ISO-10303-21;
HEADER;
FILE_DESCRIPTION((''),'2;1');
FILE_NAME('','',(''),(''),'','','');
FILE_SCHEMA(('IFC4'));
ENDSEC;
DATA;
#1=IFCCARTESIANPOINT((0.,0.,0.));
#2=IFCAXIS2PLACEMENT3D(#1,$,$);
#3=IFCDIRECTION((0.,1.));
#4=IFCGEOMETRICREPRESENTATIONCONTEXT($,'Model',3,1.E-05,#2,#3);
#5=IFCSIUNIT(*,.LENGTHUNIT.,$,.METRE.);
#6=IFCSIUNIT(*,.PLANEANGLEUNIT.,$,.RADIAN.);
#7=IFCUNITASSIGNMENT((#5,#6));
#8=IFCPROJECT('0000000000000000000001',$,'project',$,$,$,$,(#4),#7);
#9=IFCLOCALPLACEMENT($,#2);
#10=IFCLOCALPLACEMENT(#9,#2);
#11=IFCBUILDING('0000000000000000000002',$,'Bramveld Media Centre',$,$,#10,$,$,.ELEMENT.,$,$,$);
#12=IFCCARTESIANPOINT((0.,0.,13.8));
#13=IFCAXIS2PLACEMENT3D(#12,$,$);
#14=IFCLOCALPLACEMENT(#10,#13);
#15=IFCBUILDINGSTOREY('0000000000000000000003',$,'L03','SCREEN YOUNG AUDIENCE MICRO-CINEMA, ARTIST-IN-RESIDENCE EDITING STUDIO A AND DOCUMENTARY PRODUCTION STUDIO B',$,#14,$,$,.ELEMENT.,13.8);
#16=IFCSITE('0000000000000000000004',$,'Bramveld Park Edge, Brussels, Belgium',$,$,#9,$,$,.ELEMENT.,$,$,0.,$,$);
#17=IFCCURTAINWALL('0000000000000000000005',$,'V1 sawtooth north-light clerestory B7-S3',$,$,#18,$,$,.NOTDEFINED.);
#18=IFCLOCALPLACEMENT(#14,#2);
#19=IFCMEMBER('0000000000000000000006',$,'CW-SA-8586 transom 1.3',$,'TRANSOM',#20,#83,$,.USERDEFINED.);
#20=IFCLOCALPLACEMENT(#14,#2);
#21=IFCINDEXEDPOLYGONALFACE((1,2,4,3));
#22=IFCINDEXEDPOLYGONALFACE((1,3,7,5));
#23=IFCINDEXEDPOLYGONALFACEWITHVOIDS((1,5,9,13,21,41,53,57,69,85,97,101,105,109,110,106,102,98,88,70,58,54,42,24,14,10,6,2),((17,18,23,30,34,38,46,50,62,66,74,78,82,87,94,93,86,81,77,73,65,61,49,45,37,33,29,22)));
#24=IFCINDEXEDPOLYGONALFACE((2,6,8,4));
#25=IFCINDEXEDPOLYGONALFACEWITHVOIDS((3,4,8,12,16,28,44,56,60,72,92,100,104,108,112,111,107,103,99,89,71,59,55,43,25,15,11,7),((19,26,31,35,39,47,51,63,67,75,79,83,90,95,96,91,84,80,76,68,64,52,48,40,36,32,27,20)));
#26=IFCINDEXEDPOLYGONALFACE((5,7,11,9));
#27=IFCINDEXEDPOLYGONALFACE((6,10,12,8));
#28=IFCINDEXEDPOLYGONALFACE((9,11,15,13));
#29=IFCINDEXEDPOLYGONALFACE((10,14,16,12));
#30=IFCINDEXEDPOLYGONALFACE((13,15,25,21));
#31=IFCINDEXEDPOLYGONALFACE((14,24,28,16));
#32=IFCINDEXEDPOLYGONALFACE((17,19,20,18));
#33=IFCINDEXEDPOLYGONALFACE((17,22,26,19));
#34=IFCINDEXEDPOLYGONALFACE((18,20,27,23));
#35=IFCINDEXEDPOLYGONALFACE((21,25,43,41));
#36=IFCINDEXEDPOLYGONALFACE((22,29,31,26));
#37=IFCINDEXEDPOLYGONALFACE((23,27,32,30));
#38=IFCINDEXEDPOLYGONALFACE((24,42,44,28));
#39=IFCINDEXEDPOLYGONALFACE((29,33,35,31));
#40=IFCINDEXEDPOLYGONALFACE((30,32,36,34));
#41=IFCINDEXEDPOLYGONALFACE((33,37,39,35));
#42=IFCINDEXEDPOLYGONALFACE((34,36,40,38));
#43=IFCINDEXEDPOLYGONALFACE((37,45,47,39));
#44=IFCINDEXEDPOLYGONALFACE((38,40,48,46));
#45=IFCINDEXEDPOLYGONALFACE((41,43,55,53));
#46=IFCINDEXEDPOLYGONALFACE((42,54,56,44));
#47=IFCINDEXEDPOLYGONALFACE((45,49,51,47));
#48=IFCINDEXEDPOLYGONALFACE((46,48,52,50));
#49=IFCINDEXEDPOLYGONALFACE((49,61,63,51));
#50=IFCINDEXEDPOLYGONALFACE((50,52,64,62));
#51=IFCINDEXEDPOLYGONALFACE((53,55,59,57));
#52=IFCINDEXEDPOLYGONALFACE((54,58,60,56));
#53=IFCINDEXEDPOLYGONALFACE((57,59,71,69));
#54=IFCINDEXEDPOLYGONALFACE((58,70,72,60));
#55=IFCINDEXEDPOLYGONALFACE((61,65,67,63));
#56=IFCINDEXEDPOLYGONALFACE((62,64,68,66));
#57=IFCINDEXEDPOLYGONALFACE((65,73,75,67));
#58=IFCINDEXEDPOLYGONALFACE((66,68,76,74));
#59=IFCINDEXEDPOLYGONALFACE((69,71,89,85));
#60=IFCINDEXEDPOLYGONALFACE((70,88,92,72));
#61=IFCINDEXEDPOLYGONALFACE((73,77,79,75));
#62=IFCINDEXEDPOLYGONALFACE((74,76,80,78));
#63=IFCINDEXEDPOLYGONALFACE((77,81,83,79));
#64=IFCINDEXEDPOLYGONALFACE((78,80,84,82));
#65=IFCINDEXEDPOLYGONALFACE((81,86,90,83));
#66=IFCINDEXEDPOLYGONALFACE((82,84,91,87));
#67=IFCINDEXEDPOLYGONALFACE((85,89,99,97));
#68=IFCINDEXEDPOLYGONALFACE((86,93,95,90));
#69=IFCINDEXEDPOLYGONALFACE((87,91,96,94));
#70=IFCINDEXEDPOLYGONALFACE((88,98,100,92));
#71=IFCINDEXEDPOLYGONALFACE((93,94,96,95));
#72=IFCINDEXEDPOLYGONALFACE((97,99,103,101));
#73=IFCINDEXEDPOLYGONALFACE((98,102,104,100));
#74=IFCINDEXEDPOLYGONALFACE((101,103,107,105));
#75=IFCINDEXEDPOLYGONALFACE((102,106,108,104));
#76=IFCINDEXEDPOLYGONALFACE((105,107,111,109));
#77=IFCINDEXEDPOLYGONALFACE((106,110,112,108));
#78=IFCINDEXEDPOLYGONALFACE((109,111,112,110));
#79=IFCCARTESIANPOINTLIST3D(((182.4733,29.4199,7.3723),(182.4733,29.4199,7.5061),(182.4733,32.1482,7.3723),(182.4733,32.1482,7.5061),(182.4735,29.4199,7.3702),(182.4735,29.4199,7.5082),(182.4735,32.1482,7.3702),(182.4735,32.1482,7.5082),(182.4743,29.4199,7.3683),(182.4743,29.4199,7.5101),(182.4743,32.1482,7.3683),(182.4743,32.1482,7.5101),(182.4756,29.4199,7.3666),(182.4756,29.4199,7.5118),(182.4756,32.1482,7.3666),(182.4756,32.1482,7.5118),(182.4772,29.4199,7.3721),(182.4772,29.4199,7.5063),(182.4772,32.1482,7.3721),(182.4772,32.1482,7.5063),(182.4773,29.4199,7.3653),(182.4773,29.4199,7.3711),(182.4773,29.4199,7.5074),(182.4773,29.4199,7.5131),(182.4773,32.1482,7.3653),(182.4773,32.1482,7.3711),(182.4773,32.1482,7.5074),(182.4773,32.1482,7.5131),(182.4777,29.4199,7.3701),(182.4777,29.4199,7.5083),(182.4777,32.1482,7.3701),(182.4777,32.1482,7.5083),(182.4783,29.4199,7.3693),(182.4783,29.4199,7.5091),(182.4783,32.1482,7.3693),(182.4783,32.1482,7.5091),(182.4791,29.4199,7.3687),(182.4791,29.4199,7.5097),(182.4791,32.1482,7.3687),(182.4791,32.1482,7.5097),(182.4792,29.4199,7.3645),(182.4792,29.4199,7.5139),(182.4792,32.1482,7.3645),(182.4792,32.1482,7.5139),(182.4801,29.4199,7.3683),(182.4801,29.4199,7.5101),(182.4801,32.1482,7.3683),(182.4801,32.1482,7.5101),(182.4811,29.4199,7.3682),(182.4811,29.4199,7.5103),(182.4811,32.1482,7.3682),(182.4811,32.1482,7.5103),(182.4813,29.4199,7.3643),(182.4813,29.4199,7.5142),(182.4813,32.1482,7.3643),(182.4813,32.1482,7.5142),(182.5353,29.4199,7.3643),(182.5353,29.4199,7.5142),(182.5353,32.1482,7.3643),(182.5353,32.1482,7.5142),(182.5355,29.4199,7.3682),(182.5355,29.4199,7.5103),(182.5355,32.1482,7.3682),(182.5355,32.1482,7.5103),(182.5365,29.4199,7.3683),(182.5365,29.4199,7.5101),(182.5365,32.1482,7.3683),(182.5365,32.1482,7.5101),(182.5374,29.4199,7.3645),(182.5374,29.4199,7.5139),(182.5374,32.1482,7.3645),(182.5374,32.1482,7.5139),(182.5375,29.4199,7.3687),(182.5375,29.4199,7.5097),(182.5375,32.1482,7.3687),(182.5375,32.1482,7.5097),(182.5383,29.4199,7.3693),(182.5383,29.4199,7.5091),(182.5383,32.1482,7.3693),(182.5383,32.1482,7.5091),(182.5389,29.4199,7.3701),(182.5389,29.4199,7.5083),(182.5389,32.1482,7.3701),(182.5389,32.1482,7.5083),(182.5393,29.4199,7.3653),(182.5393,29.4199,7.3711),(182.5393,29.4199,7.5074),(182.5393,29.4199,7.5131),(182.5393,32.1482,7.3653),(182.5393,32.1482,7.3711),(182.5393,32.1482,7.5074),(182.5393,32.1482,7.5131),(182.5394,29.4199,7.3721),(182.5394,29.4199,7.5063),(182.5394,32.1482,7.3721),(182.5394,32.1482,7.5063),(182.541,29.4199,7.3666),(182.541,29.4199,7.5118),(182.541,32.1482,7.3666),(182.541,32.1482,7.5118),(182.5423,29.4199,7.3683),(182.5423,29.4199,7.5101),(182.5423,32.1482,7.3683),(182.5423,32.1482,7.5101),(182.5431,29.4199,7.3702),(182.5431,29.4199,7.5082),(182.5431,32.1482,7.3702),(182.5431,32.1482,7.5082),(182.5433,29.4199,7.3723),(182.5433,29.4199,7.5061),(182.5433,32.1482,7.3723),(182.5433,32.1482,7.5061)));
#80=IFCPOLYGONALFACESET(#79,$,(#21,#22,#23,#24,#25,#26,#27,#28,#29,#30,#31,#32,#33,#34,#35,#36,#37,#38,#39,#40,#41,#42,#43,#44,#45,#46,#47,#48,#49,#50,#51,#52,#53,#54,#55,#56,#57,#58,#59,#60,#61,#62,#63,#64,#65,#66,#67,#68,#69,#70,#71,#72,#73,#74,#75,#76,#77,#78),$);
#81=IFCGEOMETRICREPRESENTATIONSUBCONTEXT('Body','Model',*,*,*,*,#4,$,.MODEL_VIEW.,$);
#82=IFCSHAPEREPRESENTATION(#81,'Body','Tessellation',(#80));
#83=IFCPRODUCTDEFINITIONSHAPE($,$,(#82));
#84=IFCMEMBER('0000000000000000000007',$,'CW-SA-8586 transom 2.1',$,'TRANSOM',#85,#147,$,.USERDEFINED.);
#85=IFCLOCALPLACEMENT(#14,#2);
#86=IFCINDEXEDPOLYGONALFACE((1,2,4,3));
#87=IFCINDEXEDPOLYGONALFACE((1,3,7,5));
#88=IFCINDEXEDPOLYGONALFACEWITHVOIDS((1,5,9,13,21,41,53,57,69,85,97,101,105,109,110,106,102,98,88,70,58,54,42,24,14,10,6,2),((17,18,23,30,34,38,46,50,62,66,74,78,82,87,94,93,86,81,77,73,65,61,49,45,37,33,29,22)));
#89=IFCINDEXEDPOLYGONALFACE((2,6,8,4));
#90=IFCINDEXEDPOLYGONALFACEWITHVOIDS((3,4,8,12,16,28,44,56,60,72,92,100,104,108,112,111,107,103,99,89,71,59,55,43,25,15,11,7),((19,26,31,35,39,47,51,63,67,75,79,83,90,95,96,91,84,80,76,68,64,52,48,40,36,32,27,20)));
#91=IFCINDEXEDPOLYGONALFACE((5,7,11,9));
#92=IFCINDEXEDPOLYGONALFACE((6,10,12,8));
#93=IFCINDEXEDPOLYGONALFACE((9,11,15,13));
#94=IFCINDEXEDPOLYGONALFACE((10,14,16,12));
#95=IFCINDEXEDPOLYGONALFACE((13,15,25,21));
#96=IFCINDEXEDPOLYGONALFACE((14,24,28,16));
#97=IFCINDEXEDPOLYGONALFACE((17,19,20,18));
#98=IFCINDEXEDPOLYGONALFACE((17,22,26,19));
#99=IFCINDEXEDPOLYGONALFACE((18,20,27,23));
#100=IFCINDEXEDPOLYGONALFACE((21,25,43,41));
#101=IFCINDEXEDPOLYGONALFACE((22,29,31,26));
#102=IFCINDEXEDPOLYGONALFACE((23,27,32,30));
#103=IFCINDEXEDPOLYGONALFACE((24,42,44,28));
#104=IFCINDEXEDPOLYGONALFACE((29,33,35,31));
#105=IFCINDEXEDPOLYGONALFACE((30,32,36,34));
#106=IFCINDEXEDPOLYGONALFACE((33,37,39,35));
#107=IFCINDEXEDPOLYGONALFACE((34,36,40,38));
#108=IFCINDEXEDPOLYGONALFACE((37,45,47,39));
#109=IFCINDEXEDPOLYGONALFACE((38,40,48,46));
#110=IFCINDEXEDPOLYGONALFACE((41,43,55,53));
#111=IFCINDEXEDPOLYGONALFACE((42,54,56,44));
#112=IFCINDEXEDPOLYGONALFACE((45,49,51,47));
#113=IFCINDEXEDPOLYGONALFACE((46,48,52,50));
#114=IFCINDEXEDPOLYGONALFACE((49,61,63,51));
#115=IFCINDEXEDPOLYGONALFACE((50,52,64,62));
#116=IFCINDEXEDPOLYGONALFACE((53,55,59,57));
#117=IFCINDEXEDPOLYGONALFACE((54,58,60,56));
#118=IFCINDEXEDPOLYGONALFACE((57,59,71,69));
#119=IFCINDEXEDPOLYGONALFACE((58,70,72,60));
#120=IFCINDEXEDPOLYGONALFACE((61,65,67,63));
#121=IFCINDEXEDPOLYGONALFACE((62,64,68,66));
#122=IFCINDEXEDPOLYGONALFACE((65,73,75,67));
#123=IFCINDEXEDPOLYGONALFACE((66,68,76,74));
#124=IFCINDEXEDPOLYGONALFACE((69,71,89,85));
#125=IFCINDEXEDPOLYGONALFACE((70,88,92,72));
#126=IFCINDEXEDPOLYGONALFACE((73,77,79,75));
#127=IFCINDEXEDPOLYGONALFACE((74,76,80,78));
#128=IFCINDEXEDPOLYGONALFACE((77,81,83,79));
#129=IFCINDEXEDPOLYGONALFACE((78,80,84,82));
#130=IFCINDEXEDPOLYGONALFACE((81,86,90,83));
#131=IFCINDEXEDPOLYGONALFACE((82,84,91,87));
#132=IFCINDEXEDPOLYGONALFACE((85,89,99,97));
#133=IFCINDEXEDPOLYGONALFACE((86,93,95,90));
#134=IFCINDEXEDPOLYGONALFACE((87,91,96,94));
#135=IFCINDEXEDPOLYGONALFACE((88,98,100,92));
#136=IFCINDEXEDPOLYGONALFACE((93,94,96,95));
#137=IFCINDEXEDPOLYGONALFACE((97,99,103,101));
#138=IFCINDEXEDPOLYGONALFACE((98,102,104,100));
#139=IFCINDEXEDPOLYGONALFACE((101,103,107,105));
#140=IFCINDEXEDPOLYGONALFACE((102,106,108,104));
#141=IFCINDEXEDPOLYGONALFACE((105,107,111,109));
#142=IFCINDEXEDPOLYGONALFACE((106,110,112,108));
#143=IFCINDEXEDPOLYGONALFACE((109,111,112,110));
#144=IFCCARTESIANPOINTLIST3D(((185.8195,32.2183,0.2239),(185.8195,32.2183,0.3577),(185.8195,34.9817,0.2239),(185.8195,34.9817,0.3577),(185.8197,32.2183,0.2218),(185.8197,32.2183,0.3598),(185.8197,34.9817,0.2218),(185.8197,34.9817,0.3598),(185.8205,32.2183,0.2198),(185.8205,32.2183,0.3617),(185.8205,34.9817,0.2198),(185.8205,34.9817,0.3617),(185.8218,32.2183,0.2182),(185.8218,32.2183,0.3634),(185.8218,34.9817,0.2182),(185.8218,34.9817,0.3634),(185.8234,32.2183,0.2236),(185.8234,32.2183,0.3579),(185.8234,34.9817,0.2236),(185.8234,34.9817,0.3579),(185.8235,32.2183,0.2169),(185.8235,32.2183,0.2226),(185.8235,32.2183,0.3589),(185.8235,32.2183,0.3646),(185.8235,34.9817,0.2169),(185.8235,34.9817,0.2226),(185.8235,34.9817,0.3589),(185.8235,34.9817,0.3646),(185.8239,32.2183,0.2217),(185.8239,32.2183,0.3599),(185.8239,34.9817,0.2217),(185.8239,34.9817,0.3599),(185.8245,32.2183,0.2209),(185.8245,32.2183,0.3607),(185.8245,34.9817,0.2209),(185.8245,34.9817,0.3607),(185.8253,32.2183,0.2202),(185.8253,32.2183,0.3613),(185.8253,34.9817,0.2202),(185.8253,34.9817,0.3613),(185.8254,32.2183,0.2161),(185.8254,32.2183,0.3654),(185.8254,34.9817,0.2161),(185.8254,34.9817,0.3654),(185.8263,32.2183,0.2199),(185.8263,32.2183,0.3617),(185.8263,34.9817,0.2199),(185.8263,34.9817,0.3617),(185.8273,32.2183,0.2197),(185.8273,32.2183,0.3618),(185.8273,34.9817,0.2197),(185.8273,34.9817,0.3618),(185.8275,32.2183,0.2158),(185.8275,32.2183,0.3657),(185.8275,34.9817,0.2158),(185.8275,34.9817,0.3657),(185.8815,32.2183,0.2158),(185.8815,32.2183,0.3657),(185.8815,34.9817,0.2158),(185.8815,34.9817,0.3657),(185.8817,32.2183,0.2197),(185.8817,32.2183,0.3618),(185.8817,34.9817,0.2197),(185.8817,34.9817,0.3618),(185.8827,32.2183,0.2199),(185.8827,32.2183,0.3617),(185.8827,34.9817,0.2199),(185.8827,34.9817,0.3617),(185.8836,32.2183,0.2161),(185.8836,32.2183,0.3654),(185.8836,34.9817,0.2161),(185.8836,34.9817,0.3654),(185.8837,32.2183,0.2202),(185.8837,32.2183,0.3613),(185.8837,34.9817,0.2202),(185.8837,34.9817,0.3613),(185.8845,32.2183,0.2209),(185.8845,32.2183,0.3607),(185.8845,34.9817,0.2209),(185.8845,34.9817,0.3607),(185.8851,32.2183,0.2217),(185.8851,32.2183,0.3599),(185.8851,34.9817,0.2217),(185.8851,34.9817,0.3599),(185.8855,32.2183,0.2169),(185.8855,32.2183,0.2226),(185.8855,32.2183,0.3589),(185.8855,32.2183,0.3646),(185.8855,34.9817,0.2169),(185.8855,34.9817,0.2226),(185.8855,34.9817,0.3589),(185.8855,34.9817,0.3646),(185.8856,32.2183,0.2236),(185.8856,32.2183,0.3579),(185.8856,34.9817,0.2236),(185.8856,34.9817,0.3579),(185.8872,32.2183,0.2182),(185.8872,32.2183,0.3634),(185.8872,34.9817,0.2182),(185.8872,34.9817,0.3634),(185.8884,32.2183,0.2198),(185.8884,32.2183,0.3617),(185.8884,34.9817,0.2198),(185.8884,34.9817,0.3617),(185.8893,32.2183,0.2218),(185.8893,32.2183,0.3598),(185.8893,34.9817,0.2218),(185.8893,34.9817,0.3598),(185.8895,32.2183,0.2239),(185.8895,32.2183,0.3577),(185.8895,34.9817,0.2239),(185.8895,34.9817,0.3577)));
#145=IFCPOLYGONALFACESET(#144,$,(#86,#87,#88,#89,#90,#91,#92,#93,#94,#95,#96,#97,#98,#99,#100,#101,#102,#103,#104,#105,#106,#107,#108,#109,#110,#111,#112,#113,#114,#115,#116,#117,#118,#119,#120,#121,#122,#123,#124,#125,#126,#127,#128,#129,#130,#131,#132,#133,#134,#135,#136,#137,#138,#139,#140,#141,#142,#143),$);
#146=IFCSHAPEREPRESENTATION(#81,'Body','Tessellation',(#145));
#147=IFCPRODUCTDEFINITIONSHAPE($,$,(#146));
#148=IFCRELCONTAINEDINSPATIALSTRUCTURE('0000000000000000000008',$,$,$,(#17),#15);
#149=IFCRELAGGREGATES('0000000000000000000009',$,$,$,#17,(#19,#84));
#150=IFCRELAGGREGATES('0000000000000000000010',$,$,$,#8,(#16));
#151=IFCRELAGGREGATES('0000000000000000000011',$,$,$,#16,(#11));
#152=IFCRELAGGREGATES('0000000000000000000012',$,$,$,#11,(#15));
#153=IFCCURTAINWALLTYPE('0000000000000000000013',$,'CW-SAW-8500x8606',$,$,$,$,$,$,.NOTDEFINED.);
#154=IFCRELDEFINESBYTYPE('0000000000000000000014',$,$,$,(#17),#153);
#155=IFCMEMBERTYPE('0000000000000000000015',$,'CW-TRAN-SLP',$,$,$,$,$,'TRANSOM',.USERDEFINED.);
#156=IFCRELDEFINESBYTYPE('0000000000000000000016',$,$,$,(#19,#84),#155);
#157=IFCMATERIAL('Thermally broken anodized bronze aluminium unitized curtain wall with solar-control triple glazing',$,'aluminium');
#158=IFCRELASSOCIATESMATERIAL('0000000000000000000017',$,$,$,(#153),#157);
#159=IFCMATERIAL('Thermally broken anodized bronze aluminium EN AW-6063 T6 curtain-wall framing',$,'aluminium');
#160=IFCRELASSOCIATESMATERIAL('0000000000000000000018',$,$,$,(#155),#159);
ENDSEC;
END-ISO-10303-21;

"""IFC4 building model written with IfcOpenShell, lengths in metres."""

from ifc_helpers import new_model, si_unit, direction, frame, origin, origin_2d, place, context, subcontext, project, spatial, hollow_rectangle, extrude, material, material_profile, profile_set, type_object, element, aggregate, save


model = new_model("IFC4")

# Units and contexts
model_context = context("Model", 3, precision=1e-05, world=origin(), true_north=direction((0.0, 1.0)))
body_context = subcontext(model_context, "Body", "Model", "MODEL_VIEW")
ifc_project = project(units=[si_unit("LENGTHUNIT", "METRE"), si_unit("PLANEANGLEUNIT", "RADIAN")], contexts=[model_context])

# Site, building, storey
site_placement = place(None, origin())
site = spatial("IfcSite", under=ifc_project, at=site_placement, Name="Bramveld Park Edge, Brussels, Belgium", CompositionType="ELEMENT", RefElevation=0.0)
building_placement = place(site_placement, origin())
building = spatial("IfcBuilding", under=site, at=building_placement, Name="Bramveld Media Centre", CompositionType="ELEMENT")
storey_placement = place(building_placement, frame((0.0, 0.0, 13.8)))
storey = spatial("IfcBuildingStorey", under=building, at=storey_placement, Name="L03", Description="SCREEN YOUNG AUDIENCE MICRO-CINEMA, ARTIST-IN-RESIDENCE EDITING STUDIO A AND DOCUMENTARY PRODUCTION STUDIO B", CompositionType="ELEMENT", Elevation=13.8)

# Curtain wall, members
ifc_material_1 = material(Name="Thermally broken anodized bronze aluminium unitized curtain wall with solar-control triple glazing", Category="aluminium")
curtain_wall_type = type_object("IfcCurtainWallType", Name="CW-SAW-8500x8606", PredefinedType="NOTDEFINED", material=ifc_material_1)
curtain_wall_1_placement = place(storey_placement, origin())
curtain_wall_1 = element("IfcCurtainWall", 1, at=curtain_wall_1_placement, inside=storey, type_object=curtain_wall_type, Name="V1 sawtooth north-light clerestory B7-S3", PredefinedType="NOTDEFINED")
ifc_material_2 = material(Name="Thermally broken anodized bronze aluminium EN AW-6063 T6 curtain-wall framing", Category="aluminium")
ifc_material_profile_1 = material_profile(ifc_material_2, hollow_rectangle(XDim=0.0701, YDim=0.1499, WallThickness=0.0039, InnerFilletRadius=0.0039, OuterFilletRadius=0.0081, at=origin_2d()), Name="AL-TRAN 70x150")
ifc_profile_set_1 = profile_set([ifc_material_profile_1], Name="Thermally broken anodized bronze aluminium EN AW-6063 T6 curtain-wall framing")
member_type_1 = type_object("IfcMemberType", Name="CW-TRAN-SLP", ElementType="TRANSOM", PredefinedType="USERDEFINED", material=ifc_profile_set_1)
member_1_placement = place(storey_placement, frame((182.5083, 29.4199, 7.4392), z_axis=(0.0, 1.0, 0.0), x_axis=(-1.0, 0.0, 0.0)))
member_1 = element("IfcMember", 2, at=member_1_placement, type_object=member_type_1, Name="CW-SA-8586 transom 1.3", ObjectType="TRANSOM", PredefinedType="USERDEFINED", context=body_context, shape_type="SweptSolid", body=[
    extrude(hollow_rectangle(XDim=0.0701, YDim=0.1499, WallThickness=0.0039, InnerFilletRadius=0.0039, OuterFilletRadius=0.0081, at=origin_2d()), origin(), (0.0, 0.0, 1.0), 2.7283),
])
member_2_placement = place(storey_placement, frame((185.8545, 32.2183, 0.2908), z_axis=(0.0, 1.0, 0.0), x_axis=(-1.0, 0.0, 0.0)))
member_2 = element("IfcMember", 3, at=member_2_placement, type_object=member_type_1, Name="CW-SA-8586 transom 2.1", ObjectType="TRANSOM", PredefinedType="USERDEFINED", context=body_context, shape_type="SweptSolid", body=[
    extrude(hollow_rectangle(XDim=0.0701, YDim=0.1499, WallThickness=0.0039, InnerFilletRadius=0.0039, OuterFilletRadius=0.0081, at=origin_2d()), origin(), (0.0, 0.0, 1.0), 2.7634),
])

aggregate(curtain_wall_1, [member_1, member_2])

save(model, "model.ifc")
